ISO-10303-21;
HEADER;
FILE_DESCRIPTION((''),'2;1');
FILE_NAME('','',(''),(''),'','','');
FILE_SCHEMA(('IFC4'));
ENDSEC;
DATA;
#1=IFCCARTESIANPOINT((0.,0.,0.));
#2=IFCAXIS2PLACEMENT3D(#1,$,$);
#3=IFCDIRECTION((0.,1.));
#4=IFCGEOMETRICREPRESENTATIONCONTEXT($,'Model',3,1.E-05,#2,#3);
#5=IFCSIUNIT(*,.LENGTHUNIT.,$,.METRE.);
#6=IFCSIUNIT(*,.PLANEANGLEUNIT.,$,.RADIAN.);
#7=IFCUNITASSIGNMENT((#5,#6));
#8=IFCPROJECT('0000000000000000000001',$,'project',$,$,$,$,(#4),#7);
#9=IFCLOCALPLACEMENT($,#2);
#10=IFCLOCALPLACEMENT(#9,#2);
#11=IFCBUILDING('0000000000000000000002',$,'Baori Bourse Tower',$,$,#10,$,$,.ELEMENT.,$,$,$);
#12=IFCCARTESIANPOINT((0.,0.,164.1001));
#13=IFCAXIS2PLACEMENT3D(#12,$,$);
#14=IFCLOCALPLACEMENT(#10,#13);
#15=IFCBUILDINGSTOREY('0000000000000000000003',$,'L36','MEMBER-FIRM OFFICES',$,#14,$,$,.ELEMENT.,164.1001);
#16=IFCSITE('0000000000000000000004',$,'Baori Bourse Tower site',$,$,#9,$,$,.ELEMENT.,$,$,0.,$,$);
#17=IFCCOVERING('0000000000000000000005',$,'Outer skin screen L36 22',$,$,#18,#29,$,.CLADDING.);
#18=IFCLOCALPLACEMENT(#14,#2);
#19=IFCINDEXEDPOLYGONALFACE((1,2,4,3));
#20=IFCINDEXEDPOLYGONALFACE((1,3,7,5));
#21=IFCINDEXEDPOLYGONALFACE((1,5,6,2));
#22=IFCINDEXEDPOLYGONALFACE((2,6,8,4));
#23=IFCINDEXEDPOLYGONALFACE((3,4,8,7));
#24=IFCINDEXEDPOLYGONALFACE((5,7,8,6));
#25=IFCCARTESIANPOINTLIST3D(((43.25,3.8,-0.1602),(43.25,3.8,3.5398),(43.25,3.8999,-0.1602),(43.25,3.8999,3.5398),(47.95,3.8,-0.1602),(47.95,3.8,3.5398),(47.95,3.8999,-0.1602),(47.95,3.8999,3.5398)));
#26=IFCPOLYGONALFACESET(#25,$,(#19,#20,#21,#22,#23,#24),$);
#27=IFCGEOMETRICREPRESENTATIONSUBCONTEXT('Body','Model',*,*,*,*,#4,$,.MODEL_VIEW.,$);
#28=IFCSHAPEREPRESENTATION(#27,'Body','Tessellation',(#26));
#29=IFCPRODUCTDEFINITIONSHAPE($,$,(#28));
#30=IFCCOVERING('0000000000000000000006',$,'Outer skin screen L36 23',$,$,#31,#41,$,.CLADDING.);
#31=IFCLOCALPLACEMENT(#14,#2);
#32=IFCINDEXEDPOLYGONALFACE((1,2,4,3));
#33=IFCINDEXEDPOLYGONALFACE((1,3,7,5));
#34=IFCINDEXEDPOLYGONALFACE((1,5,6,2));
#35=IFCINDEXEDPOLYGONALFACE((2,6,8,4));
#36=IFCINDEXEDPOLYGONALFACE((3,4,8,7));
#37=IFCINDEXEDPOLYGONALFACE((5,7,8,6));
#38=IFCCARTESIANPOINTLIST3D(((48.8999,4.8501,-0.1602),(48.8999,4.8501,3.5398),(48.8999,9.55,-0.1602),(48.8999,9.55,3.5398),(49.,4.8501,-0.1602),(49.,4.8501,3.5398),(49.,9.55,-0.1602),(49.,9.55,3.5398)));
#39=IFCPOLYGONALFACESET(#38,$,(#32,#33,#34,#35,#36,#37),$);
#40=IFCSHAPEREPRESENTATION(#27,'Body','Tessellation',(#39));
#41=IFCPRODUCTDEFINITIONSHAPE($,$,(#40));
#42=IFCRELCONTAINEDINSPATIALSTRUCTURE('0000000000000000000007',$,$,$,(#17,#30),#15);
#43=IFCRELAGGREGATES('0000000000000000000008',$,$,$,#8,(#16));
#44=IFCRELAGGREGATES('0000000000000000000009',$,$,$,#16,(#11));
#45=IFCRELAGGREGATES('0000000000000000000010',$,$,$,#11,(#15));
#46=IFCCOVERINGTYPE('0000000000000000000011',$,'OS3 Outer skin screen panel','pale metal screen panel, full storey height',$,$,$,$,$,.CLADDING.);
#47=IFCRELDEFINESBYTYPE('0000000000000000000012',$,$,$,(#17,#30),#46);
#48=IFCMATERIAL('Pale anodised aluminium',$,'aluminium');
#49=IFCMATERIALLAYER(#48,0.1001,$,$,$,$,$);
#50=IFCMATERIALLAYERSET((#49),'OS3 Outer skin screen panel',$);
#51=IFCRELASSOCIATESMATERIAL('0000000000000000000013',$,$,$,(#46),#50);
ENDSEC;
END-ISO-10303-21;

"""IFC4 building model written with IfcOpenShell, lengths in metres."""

from ifc_helpers import new_model, si_unit, direction, frame, origin, place, context, subcontext, project, spatial, polyline, outline, extrude, material, layer, layer_set, type_object, element, save


model = new_model("IFC4")

# Units and contexts
model_context = context("Model", 3, precision=1e-05, world=origin(), true_north=direction((0.0, 1.0)))
body_context = subcontext(model_context, "Body", "Model", "MODEL_VIEW")
ifc_project = project(units=[si_unit("LENGTHUNIT", "METRE"), si_unit("PLANEANGLEUNIT", "RADIAN")], contexts=[model_context])

# Site, building, storey
site_placement = place(None, origin())
site = spatial("IfcSite", under=ifc_project, at=site_placement, Name="Baori Bourse Tower site", CompositionType="ELEMENT", RefElevation=0.0)
building_placement = place(site_placement, origin())
building = spatial("IfcBuilding", under=site, at=building_placement, Name="Baori Bourse Tower", CompositionType="ELEMENT")
storey_placement = place(building_placement, frame((0.0, 0.0, 164.1001)))
storey = spatial("IfcBuildingStorey", under=building, at=storey_placement, Name="L36", Description="MEMBER-FIRM OFFICES", CompositionType="ELEMENT", Elevation=164.1001)

# Coverings
ifc_material_1 = material(Name="Pale anodised aluminium", Category="aluminium")
ifc_layer = layer(ifc_material_1, 0.1001)
ifc_layer_set = layer_set([ifc_layer], Name="OS3 Outer skin screen panel")
covering_type_1 = type_object("IfcCoveringType", Name="OS3 Outer skin screen panel", Description="pale metal screen panel, full storey height", PredefinedType="CLADDING", material=ifc_layer_set)
covering_1_placement = place(storey_placement, frame((0.0, 0.0, -0.1602)))
element("IfcCovering", 1, at=covering_1_placement, inside=storey, type_object=covering_type_1, Name="Outer skin screen L36 22", PredefinedType="CLADDING", context=body_context, shape_type="SweptSolid", body=[
    extrude(outline(polyline([(47.95, 3.8999), (43.25, 3.8999), (43.25, 3.8), (47.95, 3.8), (47.95, 3.8999)])), origin(), (0.0, 0.0, 1.0), 3.7),
])
covering_2_placement = place(storey_placement, frame((0.0, 0.0, -0.1602)))
element("IfcCovering", 2, at=covering_2_placement, inside=storey, type_object=covering_type_1, Name="Outer skin screen L36 23", PredefinedType="CLADDING", context=body_context, shape_type="SweptSolid", body=[
    extrude(outline(polyline([(48.8999, 9.55), (48.8999, 4.8501), (49.0, 4.8501), (49.0, 9.55), (48.8999, 9.55)])), origin(), (0.0, 0.0, 1.0), 3.7),
])

save(model, "model.ifc")
